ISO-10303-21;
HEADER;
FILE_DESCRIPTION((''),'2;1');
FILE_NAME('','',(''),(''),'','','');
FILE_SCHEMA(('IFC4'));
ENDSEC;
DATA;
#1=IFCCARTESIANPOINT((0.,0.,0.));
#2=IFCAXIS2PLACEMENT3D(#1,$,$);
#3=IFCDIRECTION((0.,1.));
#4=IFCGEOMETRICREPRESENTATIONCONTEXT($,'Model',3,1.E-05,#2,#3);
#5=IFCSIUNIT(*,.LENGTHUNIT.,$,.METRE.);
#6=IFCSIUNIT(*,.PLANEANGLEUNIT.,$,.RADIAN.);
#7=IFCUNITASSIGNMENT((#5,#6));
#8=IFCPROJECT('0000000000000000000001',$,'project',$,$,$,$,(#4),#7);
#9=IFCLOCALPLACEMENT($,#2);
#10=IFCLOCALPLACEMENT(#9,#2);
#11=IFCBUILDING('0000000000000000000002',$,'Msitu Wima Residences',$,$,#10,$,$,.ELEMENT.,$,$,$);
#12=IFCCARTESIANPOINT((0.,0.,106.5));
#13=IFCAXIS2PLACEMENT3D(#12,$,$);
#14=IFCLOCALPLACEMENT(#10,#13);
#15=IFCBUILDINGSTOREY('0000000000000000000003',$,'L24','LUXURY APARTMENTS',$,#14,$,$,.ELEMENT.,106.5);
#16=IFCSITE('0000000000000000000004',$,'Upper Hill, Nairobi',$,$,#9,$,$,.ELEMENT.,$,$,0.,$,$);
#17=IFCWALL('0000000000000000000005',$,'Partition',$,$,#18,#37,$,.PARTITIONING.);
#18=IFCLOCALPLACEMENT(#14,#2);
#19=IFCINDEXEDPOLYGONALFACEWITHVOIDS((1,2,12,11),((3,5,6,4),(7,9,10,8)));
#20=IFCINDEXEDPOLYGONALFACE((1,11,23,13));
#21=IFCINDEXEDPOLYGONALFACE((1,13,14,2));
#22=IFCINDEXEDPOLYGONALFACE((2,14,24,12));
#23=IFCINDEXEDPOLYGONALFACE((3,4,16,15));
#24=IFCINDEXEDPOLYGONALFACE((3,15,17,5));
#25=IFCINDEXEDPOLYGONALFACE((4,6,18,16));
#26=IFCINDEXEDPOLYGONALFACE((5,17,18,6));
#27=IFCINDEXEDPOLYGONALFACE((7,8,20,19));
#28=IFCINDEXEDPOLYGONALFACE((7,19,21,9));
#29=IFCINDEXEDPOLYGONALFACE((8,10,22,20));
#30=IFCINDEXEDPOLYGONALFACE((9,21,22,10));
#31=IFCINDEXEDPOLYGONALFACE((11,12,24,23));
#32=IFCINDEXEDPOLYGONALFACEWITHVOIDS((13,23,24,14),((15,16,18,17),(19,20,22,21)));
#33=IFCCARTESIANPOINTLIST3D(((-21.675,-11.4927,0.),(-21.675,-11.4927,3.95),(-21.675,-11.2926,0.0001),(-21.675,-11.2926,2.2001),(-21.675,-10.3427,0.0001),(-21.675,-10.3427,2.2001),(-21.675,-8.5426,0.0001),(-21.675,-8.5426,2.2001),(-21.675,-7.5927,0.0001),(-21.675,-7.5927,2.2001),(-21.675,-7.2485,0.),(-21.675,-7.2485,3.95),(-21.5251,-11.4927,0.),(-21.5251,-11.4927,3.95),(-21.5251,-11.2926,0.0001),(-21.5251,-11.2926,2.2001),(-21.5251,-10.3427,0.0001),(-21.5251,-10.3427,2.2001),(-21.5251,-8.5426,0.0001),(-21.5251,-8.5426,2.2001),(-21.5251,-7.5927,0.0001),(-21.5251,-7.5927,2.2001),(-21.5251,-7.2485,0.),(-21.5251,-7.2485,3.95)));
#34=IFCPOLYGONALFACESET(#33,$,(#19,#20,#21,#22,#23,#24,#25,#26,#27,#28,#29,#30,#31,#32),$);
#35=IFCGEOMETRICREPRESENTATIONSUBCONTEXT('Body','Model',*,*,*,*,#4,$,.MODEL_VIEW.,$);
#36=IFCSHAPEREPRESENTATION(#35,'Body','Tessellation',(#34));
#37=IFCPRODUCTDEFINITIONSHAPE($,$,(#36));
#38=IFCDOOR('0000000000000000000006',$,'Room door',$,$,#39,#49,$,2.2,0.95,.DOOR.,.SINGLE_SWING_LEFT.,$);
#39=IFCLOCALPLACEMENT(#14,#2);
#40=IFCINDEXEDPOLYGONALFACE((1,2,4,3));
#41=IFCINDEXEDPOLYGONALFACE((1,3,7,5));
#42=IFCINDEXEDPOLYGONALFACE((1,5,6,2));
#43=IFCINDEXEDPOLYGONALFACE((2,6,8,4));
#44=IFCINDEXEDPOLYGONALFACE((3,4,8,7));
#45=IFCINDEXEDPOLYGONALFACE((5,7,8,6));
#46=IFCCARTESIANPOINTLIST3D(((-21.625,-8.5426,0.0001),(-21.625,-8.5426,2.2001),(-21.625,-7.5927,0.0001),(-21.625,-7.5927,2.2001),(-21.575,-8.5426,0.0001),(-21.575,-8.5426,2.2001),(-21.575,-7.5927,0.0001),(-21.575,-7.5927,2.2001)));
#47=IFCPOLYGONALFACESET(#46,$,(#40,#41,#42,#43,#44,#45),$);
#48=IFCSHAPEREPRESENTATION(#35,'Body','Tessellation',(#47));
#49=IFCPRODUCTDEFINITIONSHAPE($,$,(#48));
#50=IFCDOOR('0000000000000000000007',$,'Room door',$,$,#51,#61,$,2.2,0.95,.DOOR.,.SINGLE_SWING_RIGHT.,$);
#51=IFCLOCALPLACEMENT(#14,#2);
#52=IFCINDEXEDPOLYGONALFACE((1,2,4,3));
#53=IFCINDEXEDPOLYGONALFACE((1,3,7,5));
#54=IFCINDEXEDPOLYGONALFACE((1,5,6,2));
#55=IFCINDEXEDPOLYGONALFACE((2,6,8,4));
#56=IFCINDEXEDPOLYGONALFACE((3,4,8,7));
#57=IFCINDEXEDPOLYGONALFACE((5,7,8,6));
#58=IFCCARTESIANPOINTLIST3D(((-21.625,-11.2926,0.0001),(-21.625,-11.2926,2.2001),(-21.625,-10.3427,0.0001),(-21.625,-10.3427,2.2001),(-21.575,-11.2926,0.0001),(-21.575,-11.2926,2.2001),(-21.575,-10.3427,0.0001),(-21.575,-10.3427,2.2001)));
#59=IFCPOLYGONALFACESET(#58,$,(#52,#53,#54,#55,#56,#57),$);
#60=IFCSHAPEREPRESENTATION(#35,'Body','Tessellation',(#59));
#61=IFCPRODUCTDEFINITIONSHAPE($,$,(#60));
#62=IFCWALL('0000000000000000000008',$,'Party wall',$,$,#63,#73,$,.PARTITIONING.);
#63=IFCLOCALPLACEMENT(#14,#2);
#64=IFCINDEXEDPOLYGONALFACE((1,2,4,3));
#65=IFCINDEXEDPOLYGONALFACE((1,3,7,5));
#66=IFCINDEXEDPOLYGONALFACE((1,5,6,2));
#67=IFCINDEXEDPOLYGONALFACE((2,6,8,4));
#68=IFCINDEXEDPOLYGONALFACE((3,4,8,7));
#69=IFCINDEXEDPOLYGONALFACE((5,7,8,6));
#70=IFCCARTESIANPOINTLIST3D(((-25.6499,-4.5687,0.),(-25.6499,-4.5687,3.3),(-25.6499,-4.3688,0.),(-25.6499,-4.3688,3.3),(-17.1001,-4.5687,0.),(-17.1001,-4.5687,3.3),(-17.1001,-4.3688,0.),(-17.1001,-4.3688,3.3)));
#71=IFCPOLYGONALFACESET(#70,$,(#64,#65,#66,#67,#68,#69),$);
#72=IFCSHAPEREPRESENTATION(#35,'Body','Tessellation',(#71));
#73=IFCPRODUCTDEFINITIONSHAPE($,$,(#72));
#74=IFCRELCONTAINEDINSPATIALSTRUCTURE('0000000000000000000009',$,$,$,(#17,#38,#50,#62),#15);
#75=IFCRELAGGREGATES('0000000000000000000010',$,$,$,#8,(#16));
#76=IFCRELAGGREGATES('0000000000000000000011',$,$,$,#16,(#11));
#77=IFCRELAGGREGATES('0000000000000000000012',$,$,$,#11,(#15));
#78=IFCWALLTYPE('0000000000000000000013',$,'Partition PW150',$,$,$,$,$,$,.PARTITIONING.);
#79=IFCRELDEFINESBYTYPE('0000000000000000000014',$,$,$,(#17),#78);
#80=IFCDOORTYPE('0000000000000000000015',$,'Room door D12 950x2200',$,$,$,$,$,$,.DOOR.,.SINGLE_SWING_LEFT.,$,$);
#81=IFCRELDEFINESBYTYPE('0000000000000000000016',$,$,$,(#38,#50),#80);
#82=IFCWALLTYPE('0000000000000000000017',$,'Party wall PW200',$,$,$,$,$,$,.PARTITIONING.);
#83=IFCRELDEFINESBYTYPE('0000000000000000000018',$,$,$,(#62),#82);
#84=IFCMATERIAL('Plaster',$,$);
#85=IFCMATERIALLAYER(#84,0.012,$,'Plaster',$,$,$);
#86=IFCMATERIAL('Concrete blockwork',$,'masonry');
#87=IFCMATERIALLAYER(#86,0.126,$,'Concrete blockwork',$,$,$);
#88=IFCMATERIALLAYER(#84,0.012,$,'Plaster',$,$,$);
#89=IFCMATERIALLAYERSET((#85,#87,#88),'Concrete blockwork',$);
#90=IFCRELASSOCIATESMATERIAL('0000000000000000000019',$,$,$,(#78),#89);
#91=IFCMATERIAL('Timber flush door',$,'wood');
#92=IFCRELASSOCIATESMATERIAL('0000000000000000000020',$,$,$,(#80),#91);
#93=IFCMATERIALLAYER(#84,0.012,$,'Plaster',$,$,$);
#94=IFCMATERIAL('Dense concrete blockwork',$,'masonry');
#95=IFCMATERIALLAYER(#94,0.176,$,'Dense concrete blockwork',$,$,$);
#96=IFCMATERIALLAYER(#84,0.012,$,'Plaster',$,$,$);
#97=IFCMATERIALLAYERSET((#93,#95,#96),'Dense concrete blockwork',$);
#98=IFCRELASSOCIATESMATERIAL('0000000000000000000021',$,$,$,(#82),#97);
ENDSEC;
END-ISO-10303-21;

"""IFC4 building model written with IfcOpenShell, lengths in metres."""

from ifc_helpers import new_model, si_unit, direction, frame, frame_2d, origin, place, context, subcontext, project, spatial, rectangle, extrude, material, layer, layer_set, type_object, element, fill, save


model = new_model("IFC4")

# Units and contexts
model_context = context("Model", 3, precision=1e-05, world=origin(), true_north=direction((0.0, 1.0)))
body_context = subcontext(model_context, "Body", "Model", "MODEL_VIEW")
ifc_project = project(units=[si_unit("LENGTHUNIT", "METRE"), si_unit("PLANEANGLEUNIT", "RADIAN")], contexts=[model_context])

# Site, building, storey
site_placement = place(None, origin())
site = spatial("IfcSite", under=ifc_project, at=site_placement, Name="Upper Hill, Nairobi", CompositionType="ELEMENT", RefElevation=0.0)
building_placement = place(site_placement, origin())
building = spatial("IfcBuilding", under=site, at=building_placement, Name="Msitu Wima Residences", CompositionType="ELEMENT")
storey_placement = place(building_placement, frame((0.0, 0.0, 106.5)))
storey = spatial("IfcBuildingStorey", under=building, at=storey_placement, Name="L24", Description="LUXURY APARTMENTS", CompositionType="ELEMENT", Elevation=106.5)

# Shared definitions
ifc_material_1 = material(Name="Plaster")
ifc_layer_1 = layer(ifc_material_1, 0.012, Name="Plaster")
ifc_material_2 = material(Name="Concrete blockwork", Category="masonry")
ifc_layer_2 = layer(ifc_material_2, 0.126, Name="Concrete blockwork")
ifc_layer_3 = layer(ifc_material_1, 0.012, Name="Plaster")
ifc_layer_set_1 = layer_set([ifc_layer_1, ifc_layer_2, ifc_layer_3], Name="Concrete blockwork")
wall_type_1 = type_object("IfcWallType", Name="Partition PW150", PredefinedType="PARTITIONING", material=ifc_layer_set_1)

# Wall, openings, doors
wall_1_placement = place(storey_placement, frame((-21.6001, -11.4927, 0.0), z_axis=(0.0, 0.0, 1.0), x_axis=(0.0, 1.0, 0.0)))
wall_1 = element("IfcWall", 1, at=wall_1_placement, inside=storey, type_object=wall_type_1, Name="Partition", PredefinedType="PARTITIONING", context=body_context, shape_type="SweptSolid", body=[
    extrude(rectangle(XDim=4.2441, YDim=0.1499, at=frame_2d((2.1221, 0.0))), origin(), (0.0, 0.0, 1.0), 3.95),
])
opening_1_placement = place(wall_1_placement, frame((2.95, 0.0, 0.0)))
opening_1 = element("IfcOpeningElement", 2, at=opening_1_placement, cuts=wall_1, PredefinedType="OPENING", context=body_context, shape_type="SweptSolid", body=[
    extrude(rectangle(XDim=0.95, YDim=2.2, at=frame_2d((0.4751, 1.1001))), frame((0.0, 0.085, 0.0), z_axis=(0.0, -1.0, 0.0), x_axis=(1.0, 0.0, 0.0)), (0.0, 0.0, 1.0), 0.1699),
])
opening_2_placement = place(wall_1_placement, frame((0.2, 0.0, 0.0)))
opening_2 = element("IfcOpeningElement", 3, at=opening_2_placement, cuts=wall_1, PredefinedType="OPENING", context=body_context, shape_type="SweptSolid", body=[
    extrude(rectangle(XDim=0.95, YDim=2.2, at=frame_2d((0.4751, 1.1001))), frame((0.0, 0.085, 0.0), z_axis=(0.0, -1.0, 0.0), x_axis=(1.0, 0.0, 0.0)), (0.0, 0.0, 1.0), 0.1699),
])
ifc_material_3 = material(Name="Timber flush door", Category="wood")
door_type = type_object("IfcDoorType", Name="Room door D12 950x2200", OperationType="SINGLE_SWING_LEFT", PredefinedType="DOOR", material=ifc_material_3)
door_1_placement = place(opening_1_placement, origin())
door_1 = element("IfcDoor", 4, at=door_1_placement, inside=storey, type_object=door_type, Name="Room door", OperationType="SINGLE_SWING_LEFT", OverallHeight=2.2, OverallWidth=0.95, PredefinedType="DOOR", context=body_context, shape_type="SweptSolid", body=[
    extrude(rectangle(XDim=0.95, YDim=2.2, at=frame_2d((0.4751, 1.1001))), frame((0.0, 0.0249, 0.0), z_axis=(0.0, -1.0, 0.0), x_axis=(1.0, 0.0, 0.0)), (0.0, 0.0, 1.0), 0.05),
])
fill(opening_1, door_1)
door_2_placement = place(opening_2_placement, origin())
door_2 = element("IfcDoor", 5, at=door_2_placement, inside=storey, type_object=door_type, Name="Room door", OperationType="SINGLE_SWING_RIGHT", OverallHeight=2.2, OverallWidth=0.95, PredefinedType="DOOR", context=body_context, shape_type="SweptSolid", body=[
    extrude(rectangle(XDim=0.95, YDim=2.2, at=frame_2d((0.4751, 1.1001))), frame((0.0, 0.0249, 0.0), z_axis=(0.0, -1.0, 0.0), x_axis=(1.0, 0.0, 0.0)), (0.0, 0.0, 1.0), 0.05),
])
fill(opening_2, door_2)

# Wall
ifc_layer_4 = layer(ifc_material_1, 0.012, Name="Plaster")
ifc_material_4 = material(Name="Dense concrete blockwork", Category="masonry")
ifc_layer_5 = layer(ifc_material_4, 0.176, Name="Dense concrete blockwork")
ifc_layer_6 = layer(ifc_material_1, 0.012, Name="Plaster")
ifc_layer_set_2 = layer_set([ifc_layer_4, ifc_layer_5, ifc_layer_6], Name="Dense concrete blockwork")
wall_type_2 = type_object("IfcWallType", Name="Party wall PW200", PredefinedType="PARTITIONING", material=ifc_layer_set_2)
wall_2_placement = place(storey_placement, frame((-25.6499, -4.4688, 0.0), z_axis=(0.0, 0.0, 1.0), x_axis=(1.0, 0.0, 0.0)))
element("IfcWall", 6, at=wall_2_placement, inside=storey, type_object=wall_type_2, Name="Party wall", PredefinedType="PARTITIONING", context=body_context, shape_type="SweptSolid", body=[
    extrude(rectangle(XDim=8.5498, YDim=0.2, at=frame_2d((4.2749, 0.0))), origin(), (0.0, 0.0, 1.0), 3.3),
])

save(model, "model.ifc")
